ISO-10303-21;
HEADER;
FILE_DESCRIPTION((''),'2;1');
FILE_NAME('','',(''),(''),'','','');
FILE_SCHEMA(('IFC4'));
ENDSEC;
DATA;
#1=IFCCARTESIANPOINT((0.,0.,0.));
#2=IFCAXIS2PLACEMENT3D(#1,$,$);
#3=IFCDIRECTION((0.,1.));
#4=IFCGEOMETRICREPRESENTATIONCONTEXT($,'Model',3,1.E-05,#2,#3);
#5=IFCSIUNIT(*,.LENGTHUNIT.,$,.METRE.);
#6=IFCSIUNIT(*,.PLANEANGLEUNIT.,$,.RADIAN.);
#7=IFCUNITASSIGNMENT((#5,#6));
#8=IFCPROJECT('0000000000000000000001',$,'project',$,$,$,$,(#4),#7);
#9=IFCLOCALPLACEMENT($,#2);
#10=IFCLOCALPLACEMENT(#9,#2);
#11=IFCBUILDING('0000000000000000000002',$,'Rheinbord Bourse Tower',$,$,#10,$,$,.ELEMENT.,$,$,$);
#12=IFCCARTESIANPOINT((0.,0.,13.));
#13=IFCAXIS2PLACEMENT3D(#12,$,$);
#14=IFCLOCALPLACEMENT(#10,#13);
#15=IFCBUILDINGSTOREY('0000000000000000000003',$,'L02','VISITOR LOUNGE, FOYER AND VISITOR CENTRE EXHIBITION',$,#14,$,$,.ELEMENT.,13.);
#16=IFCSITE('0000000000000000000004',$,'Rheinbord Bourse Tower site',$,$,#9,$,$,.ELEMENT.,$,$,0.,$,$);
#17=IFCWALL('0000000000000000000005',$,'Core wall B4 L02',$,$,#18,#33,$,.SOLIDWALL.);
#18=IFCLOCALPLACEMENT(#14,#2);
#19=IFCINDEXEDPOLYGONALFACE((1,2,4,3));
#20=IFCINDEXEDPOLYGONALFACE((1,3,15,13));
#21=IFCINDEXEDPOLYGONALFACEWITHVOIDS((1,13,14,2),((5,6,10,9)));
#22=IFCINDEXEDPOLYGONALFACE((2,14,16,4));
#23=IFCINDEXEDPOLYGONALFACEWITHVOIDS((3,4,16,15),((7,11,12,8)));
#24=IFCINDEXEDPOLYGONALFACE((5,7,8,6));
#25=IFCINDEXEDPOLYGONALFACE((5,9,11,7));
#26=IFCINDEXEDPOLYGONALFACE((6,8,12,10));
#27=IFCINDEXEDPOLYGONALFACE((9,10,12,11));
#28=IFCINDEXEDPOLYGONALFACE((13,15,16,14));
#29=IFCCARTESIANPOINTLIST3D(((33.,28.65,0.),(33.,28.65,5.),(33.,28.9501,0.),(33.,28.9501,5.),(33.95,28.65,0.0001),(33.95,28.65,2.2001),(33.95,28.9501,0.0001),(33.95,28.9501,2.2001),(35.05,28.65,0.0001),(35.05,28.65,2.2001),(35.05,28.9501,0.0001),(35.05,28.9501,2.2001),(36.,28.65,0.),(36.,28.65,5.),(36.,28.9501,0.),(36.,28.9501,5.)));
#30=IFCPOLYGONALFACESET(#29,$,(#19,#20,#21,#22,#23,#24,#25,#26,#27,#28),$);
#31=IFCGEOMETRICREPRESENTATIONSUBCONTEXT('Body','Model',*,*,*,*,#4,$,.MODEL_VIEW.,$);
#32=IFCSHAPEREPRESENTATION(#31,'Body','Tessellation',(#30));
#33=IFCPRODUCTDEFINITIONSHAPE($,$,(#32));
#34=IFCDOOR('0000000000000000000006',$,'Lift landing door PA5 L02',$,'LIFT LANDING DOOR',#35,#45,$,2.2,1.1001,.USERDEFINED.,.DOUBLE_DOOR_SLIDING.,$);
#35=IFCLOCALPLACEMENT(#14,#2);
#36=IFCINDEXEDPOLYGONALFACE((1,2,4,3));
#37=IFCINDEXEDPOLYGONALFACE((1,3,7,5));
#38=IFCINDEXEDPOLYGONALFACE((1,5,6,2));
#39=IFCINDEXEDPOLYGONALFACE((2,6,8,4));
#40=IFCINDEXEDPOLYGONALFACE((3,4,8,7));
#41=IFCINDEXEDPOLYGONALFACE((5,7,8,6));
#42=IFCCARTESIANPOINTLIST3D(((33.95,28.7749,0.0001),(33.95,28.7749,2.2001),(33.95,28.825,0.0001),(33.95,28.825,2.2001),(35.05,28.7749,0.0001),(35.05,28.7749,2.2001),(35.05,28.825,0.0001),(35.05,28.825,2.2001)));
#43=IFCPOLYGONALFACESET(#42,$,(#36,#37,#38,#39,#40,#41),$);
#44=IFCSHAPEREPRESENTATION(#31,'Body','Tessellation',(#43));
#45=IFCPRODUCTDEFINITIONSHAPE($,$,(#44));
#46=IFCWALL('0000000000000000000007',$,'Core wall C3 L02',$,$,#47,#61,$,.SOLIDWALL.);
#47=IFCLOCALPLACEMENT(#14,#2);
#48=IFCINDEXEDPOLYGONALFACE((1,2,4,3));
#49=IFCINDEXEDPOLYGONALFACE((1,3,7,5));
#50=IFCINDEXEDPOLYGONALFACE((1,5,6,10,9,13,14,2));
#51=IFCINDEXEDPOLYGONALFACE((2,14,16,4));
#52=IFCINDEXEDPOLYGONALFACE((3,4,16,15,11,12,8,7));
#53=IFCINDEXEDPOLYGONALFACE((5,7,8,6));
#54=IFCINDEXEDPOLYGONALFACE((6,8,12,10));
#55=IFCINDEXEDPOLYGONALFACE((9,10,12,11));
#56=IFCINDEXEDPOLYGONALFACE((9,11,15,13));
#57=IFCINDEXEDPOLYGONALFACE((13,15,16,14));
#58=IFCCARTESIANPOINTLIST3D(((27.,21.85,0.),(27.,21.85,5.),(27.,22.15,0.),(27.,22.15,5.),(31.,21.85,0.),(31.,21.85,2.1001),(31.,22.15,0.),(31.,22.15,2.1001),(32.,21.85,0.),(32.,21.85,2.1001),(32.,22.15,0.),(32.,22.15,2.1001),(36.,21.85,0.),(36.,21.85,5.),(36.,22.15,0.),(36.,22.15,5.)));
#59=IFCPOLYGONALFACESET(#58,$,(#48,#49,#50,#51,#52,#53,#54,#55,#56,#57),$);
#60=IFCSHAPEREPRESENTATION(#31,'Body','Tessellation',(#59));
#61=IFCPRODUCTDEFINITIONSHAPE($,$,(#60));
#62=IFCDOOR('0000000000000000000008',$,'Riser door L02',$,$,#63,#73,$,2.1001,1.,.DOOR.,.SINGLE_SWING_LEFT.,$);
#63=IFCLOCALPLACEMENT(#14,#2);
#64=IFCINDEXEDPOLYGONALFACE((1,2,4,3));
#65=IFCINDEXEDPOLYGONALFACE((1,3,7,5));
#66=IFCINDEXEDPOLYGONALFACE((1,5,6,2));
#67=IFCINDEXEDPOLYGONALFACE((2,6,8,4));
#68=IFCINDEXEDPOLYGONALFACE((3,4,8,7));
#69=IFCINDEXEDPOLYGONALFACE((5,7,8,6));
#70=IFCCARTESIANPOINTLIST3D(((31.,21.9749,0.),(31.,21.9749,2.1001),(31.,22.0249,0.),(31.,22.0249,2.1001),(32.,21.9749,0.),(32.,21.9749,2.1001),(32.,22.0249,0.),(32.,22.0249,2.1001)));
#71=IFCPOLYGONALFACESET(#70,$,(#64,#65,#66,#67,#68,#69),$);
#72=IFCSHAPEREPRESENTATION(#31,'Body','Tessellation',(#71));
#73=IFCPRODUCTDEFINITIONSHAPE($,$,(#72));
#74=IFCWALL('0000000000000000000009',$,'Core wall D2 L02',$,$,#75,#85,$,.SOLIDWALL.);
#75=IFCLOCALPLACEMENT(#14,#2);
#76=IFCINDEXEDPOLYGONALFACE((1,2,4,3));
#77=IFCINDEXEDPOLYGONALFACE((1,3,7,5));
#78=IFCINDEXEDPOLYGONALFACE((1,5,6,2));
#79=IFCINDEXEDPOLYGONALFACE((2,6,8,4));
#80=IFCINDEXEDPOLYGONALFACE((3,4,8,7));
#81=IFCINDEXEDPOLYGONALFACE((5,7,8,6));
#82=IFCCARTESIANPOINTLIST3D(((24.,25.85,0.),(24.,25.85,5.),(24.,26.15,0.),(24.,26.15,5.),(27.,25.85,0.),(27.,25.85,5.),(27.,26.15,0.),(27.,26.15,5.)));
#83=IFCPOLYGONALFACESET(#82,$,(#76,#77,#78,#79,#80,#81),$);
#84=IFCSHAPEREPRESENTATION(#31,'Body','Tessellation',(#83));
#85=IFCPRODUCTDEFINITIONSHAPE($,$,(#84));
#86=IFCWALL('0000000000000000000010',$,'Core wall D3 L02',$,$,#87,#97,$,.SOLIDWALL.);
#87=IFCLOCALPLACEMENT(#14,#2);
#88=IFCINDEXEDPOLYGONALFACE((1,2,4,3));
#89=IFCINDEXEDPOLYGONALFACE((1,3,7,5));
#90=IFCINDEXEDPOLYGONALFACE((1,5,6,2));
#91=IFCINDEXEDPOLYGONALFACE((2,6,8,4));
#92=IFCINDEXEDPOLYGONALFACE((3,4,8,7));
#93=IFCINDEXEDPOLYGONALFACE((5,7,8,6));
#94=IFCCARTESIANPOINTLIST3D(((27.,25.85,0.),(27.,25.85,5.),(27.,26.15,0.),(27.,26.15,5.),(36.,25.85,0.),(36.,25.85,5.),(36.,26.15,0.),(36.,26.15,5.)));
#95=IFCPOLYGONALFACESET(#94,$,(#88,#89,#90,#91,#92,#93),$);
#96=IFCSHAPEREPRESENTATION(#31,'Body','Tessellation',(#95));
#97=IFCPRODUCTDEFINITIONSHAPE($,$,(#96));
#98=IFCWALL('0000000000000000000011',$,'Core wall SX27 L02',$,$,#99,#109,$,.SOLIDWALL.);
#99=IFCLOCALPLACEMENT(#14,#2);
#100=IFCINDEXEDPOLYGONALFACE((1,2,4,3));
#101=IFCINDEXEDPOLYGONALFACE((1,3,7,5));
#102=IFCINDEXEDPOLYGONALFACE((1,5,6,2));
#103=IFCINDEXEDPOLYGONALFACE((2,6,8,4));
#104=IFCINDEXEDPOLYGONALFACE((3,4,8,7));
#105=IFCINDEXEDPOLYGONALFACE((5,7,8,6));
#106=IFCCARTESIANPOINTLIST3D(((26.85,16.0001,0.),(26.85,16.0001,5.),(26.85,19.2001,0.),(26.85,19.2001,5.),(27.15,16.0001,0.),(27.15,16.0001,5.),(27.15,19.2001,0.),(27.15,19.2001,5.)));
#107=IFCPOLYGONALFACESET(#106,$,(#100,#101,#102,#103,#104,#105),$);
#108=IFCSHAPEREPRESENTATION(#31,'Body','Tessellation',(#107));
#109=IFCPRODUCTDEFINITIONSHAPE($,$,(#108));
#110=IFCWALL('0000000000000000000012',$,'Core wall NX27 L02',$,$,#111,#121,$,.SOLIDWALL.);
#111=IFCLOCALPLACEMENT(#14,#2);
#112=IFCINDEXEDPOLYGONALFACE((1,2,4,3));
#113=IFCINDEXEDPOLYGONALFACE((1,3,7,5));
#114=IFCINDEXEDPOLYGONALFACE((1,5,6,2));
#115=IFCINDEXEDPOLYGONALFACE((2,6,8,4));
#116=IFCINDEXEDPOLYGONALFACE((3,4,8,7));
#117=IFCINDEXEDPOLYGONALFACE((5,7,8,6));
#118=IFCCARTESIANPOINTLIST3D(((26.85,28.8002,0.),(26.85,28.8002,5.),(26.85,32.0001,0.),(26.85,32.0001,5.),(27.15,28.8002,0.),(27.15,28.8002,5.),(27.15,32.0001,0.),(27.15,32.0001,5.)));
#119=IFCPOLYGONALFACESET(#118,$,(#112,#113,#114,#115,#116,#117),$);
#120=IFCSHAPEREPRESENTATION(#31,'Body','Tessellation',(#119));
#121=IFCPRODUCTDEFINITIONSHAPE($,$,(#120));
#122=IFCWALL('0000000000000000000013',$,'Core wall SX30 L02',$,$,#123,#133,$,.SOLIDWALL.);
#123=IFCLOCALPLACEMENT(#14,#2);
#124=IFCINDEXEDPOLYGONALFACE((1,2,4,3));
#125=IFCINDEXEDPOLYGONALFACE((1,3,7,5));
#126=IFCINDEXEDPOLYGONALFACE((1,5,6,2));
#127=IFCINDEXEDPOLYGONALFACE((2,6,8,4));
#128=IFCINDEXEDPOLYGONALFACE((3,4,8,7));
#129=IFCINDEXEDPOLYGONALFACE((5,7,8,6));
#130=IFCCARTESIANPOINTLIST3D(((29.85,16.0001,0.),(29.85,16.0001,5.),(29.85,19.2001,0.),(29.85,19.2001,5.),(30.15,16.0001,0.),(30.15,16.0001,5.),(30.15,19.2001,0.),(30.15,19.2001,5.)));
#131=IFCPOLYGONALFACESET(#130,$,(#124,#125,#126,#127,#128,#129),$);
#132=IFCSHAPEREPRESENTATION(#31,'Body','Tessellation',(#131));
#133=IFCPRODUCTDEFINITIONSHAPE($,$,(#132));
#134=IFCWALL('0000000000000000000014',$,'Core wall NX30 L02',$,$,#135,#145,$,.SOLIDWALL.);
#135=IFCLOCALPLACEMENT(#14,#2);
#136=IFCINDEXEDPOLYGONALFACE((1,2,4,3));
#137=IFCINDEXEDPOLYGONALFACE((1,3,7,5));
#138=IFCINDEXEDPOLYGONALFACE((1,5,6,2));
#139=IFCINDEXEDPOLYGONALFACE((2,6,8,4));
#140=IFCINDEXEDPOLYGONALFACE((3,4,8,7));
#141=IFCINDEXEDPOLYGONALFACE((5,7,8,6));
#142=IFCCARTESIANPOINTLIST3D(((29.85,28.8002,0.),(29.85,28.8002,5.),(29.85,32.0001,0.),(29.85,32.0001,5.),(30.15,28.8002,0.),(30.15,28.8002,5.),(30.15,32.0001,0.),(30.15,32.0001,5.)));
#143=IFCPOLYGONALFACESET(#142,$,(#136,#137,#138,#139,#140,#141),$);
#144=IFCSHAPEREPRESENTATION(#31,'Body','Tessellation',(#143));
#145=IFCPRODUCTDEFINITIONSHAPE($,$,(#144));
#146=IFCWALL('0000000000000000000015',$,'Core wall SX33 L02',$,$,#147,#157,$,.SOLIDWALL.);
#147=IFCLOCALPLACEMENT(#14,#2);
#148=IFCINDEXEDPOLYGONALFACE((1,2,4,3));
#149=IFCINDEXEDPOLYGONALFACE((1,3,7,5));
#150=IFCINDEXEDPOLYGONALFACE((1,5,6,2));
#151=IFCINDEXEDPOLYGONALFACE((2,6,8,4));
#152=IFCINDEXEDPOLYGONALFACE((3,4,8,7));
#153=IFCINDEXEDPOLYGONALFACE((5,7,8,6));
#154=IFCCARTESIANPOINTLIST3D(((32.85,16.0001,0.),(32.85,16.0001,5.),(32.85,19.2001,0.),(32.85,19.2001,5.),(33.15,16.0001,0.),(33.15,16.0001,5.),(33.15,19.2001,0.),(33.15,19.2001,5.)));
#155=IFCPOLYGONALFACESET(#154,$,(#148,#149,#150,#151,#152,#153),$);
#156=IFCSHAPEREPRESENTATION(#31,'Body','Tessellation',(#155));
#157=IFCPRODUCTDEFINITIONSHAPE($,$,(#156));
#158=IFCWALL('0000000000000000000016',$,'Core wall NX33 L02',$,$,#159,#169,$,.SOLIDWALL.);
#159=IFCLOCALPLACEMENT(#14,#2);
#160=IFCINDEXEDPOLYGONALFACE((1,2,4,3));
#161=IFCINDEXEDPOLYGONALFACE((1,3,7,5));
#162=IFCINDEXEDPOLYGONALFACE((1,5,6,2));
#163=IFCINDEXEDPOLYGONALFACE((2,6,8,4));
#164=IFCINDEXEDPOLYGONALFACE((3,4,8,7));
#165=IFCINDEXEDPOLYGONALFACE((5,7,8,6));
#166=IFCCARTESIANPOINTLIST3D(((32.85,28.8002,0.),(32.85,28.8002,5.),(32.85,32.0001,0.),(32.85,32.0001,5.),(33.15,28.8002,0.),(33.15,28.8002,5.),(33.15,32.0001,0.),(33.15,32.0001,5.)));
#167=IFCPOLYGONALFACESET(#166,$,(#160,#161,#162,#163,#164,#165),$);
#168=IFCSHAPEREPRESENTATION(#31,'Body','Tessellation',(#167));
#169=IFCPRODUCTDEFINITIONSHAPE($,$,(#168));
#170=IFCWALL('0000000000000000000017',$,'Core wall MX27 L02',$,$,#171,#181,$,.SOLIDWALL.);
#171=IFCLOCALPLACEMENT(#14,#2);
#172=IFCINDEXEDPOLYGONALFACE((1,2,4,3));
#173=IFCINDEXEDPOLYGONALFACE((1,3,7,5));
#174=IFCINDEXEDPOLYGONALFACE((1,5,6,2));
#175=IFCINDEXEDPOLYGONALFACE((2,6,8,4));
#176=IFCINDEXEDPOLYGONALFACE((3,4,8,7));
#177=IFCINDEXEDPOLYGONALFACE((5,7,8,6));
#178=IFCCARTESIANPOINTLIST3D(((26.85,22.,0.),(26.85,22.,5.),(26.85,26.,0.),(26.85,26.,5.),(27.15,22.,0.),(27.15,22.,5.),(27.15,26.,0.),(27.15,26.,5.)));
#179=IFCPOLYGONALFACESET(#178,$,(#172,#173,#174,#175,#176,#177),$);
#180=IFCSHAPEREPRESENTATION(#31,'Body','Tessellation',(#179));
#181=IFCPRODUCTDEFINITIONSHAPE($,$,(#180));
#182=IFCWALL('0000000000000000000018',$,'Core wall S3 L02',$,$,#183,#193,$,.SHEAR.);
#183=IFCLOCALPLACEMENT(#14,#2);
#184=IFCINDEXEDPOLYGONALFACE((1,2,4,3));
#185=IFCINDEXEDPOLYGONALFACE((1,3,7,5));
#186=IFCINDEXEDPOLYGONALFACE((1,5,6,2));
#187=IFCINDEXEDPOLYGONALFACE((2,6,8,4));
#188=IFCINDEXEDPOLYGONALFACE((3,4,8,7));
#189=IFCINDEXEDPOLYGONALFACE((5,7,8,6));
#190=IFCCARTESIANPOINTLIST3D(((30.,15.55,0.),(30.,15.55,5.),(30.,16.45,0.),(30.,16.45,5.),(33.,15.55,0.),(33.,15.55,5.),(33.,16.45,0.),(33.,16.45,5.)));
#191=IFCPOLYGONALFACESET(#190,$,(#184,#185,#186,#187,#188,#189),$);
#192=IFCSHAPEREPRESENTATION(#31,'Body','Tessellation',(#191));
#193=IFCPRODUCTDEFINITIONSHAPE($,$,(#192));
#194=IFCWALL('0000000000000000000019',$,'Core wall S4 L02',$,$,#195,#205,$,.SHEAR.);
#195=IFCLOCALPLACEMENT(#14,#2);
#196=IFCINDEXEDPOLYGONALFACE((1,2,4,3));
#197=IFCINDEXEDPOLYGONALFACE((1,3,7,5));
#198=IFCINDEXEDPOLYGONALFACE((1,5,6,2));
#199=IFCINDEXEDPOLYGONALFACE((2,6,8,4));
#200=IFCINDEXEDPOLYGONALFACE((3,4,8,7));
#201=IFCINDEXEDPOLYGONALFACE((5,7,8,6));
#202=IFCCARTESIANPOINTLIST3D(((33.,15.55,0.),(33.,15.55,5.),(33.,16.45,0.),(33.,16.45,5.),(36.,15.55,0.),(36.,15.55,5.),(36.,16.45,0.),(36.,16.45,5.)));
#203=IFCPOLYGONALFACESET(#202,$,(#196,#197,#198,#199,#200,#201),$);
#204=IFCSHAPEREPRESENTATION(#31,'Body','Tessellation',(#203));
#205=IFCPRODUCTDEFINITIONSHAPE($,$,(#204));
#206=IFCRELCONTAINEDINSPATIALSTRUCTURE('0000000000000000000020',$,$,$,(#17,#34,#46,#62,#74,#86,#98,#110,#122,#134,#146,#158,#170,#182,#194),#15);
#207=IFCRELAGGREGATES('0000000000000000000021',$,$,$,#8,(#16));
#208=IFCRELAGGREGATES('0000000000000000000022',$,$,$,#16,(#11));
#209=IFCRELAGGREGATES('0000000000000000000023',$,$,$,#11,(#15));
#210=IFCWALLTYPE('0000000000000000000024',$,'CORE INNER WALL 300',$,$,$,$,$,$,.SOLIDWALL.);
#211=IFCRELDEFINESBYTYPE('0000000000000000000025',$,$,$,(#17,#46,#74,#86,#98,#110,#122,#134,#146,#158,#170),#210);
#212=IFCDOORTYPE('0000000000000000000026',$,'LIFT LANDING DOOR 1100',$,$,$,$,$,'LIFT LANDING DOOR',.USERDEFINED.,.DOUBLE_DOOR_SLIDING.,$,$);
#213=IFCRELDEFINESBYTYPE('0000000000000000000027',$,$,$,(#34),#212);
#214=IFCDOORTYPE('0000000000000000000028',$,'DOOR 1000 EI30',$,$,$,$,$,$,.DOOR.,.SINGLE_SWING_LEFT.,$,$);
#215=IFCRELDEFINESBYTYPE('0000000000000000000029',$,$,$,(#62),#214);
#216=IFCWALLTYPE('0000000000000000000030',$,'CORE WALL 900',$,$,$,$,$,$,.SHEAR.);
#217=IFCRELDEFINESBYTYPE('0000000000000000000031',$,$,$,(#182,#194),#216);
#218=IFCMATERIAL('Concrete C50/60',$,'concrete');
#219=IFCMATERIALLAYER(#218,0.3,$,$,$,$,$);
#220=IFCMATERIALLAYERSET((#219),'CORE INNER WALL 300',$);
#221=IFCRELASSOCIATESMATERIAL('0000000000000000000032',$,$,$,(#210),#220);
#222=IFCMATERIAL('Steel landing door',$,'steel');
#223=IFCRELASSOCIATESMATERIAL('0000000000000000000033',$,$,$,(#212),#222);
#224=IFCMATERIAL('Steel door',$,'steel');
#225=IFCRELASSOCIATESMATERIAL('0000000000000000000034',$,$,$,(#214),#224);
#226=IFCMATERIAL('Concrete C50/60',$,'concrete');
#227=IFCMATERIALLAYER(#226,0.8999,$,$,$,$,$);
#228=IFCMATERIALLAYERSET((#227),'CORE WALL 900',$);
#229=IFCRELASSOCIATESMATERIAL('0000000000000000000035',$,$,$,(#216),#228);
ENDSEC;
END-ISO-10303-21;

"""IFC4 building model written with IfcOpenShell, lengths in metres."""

from ifc_helpers import new_model, si_unit, direction, frame, frame_2d, origin, place, context, subcontext, project, spatial, rectangle, extrude, material, layer, layer_set, type_object, element, fill, save


model = new_model("IFC4")

# Units and contexts
model_context = context("Model", 3, precision=1e-05, world=origin(), true_north=direction((0.0, 1.0)))
body_context = subcontext(model_context, "Body", "Model", "MODEL_VIEW")
ifc_project = project(units=[si_unit("LENGTHUNIT", "METRE"), si_unit("PLANEANGLEUNIT", "RADIAN")], contexts=[model_context])

# Site, building, storey
site_placement = place(None, origin())
site = spatial("IfcSite", under=ifc_project, at=site_placement, Name="Rheinbord Bourse Tower site", CompositionType="ELEMENT", RefElevation=0.0)
building_placement = place(site_placement, origin())
building = spatial("IfcBuilding", under=site, at=building_placement, Name="Rheinbord Bourse Tower", CompositionType="ELEMENT")
storey_placement = place(building_placement, frame((0.0, 0.0, 13.0)))
storey = spatial("IfcBuildingStorey", under=building, at=storey_placement, Name="L02", Description="VISITOR LOUNGE, FOYER AND VISITOR CENTRE EXHIBITION", CompositionType="ELEMENT", Elevation=13.0)

# Walls, openings, doors
ifc_material_1 = material(Name="Concrete C50/60", Category="concrete")
ifc_layer_1 = layer(ifc_material_1, 0.3)
ifc_layer_set_1 = layer_set([ifc_layer_1], Name="CORE INNER WALL 300")
wall_type_1 = type_object("IfcWallType", Name="CORE INNER WALL 300", PredefinedType="SOLIDWALL", material=ifc_layer_set_1)
ifc_material_2 = material(Name="Steel landing door", Category="steel")
door_type_1 = type_object("IfcDoorType", Name="LIFT LANDING DOOR 1100", ElementType="LIFT LANDING DOOR", OperationType="DOUBLE_DOOR_SLIDING", PredefinedType="USERDEFINED", material=ifc_material_2)
wall_1_placement = place(storey_placement, frame((33.0, 28.8, 0.0), z_axis=(0.0, 0.0, 1.0), x_axis=(1.0, 0.0, 0.0)))
wall_1 = element("IfcWall", 1, at=wall_1_placement, inside=storey, type_object=wall_type_1, Name="Core wall B4 L02", PredefinedType="SOLIDWALL", context=body_context, shape_type="SweptSolid", body=[
    extrude(rectangle(XDim=3.0, YDim=0.3, at=frame_2d((1.5, 0.0))), origin(), (0.0, 0.0, 1.0), 5.0),
])
opening_1_placement = place(wall_1_placement, frame((0.95, 0.0, 0.0)))
opening_1 = element("IfcOpeningElement", 2, at=opening_1_placement, cuts=wall_1, PredefinedType="OPENING", context=body_context, shape_type="SweptSolid", body=[
    extrude(rectangle(XDim=1.1001, YDim=2.2, at=frame_2d((0.55, 1.1001))), frame((0.0, 0.1599, 0.0), z_axis=(0.0, -1.0, 0.0), x_axis=(1.0, 0.0, 0.0)), (0.0, 0.0, 1.0), 0.3201),
])
door_1_placement = place(opening_1_placement, origin())
door_1 = element("IfcDoor", 3, at=door_1_placement, inside=storey, type_object=door_type_1, Name="Lift landing door PA5 L02", ObjectType="LIFT LANDING DOOR", OperationType="DOUBLE_DOOR_SLIDING", OverallHeight=2.2, OverallWidth=1.1001, PredefinedType="USERDEFINED", context=body_context, shape_type="SweptSolid", body=[
    extrude(rectangle(XDim=1.1001, YDim=2.2, at=frame_2d((0.55, 1.1001))), frame((0.0, 0.0249, 0.0), z_axis=(0.0, -1.0, 0.0), x_axis=(1.0, 0.0, 0.0)), (0.0, 0.0, 1.0), 0.05),
])
fill(opening_1, door_1)
wall_2_placement = place(storey_placement, frame((27.0, 22.0, 0.0), z_axis=(0.0, 0.0, 1.0), x_axis=(1.0, 0.0, 0.0)))
wall_2 = element("IfcWall", 4, at=wall_2_placement, inside=storey, type_object=wall_type_1, Name="Core wall C3 L02", PredefinedType="SOLIDWALL", context=body_context, shape_type="SweptSolid", body=[
    extrude(rectangle(XDim=9.0, YDim=0.3, at=frame_2d((4.5, 0.0))), origin(), (0.0, 0.0, 1.0), 5.0),
])
opening_2_placement = place(wall_2_placement, frame((4.0, 0.0, 0.0)))
opening_2 = element("IfcOpeningElement", 5, at=opening_2_placement, cuts=wall_2, PredefinedType="OPENING", context=body_context, shape_type="SweptSolid", body=[
    extrude(rectangle(XDim=1.0, YDim=2.1001, at=frame_2d((0.5, 1.05))), frame((0.0, 0.1599, 0.0), z_axis=(0.0, -1.0, 0.0), x_axis=(1.0, 0.0, 0.0)), (0.0, 0.0, 1.0), 0.3201),
])
ifc_material_3 = material(Name="Steel door", Category="steel")
door_type_2 = type_object("IfcDoorType", Name="DOOR 1000 EI30", OperationType="SINGLE_SWING_LEFT", PredefinedType="DOOR", material=ifc_material_3)
door_2_placement = place(opening_2_placement, origin())
door_2 = element("IfcDoor", 6, at=door_2_placement, inside=storey, type_object=door_type_2, Name="Riser door L02", OperationType="SINGLE_SWING_LEFT", OverallHeight=2.1001, OverallWidth=1.0, PredefinedType="DOOR", context=body_context, shape_type="SweptSolid", body=[
    extrude(rectangle(XDim=1.0, YDim=2.1001, at=frame_2d((0.5, 1.05))), frame((0.0, 0.0249, 0.0), z_axis=(0.0, -1.0, 0.0), x_axis=(1.0, 0.0, 0.0)), (0.0, 0.0, 1.0), 0.05),
])
fill(opening_2, door_2)

# Walls
wall_3_placement = place(storey_placement, frame((24.0, 26.0, 0.0), z_axis=(0.0, 0.0, 1.0), x_axis=(1.0, 0.0, 0.0)))
element("IfcWall", 7, at=wall_3_placement, inside=storey, type_object=wall_type_1, Name="Core wall D2 L02", PredefinedType="SOLIDWALL", context=body_context, shape_type="SweptSolid", body=[
    extrude(rectangle(XDim=3.0, YDim=0.3, at=frame_2d((1.5, 0.0))), origin(), (0.0, 0.0, 1.0), 5.0),
])
wall_4_placement = place(storey_placement, frame((27.0, 26.0, 0.0), z_axis=(0.0, 0.0, 1.0), x_axis=(1.0, 0.0, 0.0)))
element("IfcWall", 8, at=wall_4_placement, inside=storey, type_object=wall_type_1, Name="Core wall D3 L02", PredefinedType="SOLIDWALL", context=body_context, shape_type="SweptSolid", body=[
    extrude(rectangle(XDim=9.0, YDim=0.3, at=frame_2d((4.5, 0.0))), origin(), (0.0, 0.0, 1.0), 5.0),
])
for number, where, z_axis, x_axis, name in (
    (9, (27.0, 16.0, 0.0), (0.0, 0.0, 1.0), (0.0, 1.0, 0.0), "Core wall SX27 L02"),
    (10, (27.0, 28.8, 0.0), (0.0, 0.0, 1.0), (0.0, 1.0, 0.0), "Core wall NX27 L02"),
    (11, (30.0, 16.0, 0.0), (0.0, 0.0, 1.0), (0.0, 1.0, 0.0), "Core wall SX30 L02"),
    (12, (30.0, 28.8, 0.0), (0.0, 0.0, 1.0), (0.0, 1.0, 0.0), "Core wall NX30 L02"),
    (13, (33.0, 16.0, 0.0), (0.0, 0.0, 1.0), (0.0, 1.0, 0.0), "Core wall SX33 L02"),
    (14, (33.0, 28.8, 0.0), (0.0, 0.0, 1.0), (0.0, 1.0, 0.0), "Core wall NX33 L02"),
):
    element("IfcWall", number, at=place(storey_placement, frame(where, z_axis=z_axis, x_axis=x_axis)), inside=storey, type_object=wall_type_1, Name=name, PredefinedType="SOLIDWALL", context=body_context, shape_type="SweptSolid", body=[
        extrude(rectangle(XDim=3.2, YDim=0.3, at=frame_2d((1.6001, 0.0))), origin(), (0.0, 0.0, 1.0), 5.0),
    ])
wall_5_placement = place(storey_placement, frame((27.0, 22.0, 0.0), z_axis=(0.0, 0.0, 1.0), x_axis=(0.0, 1.0, 0.0)))
element("IfcWall", 15, at=wall_5_placement, inside=storey, type_object=wall_type_1, Name="Core wall MX27 L02", PredefinedType="SOLIDWALL", context=body_context, shape_type="SweptSolid", body=[
    extrude(rectangle(XDim=4.0, YDim=0.3, at=frame_2d((2.0, 0.0))), origin(), (0.0, 0.0, 1.0), 5.0),
])
ifc_material_4 = material(Name="Concrete C50/60", Category="concrete")
ifc_layer_2 = layer(ifc_material_4, 0.8999)
ifc_layer_set_2 = layer_set([ifc_layer_2], Name="CORE WALL 900")
wall_type_2 = type_object("IfcWallType", Name="CORE WALL 900", PredefinedType="SHEAR", material=ifc_layer_set_2)
for number, where, z_axis, x_axis, name in (
    (16, (30.0, 16.0, 0.0), (0.0, 0.0, 1.0), (1.0, 0.0, 0.0), "Core wall S3 L02"),
    (17, (33.0, 16.0, 0.0), (0.0, 0.0, 1.0), (1.0, 0.0, 0.0), "Core wall S4 L02"),
):
    element("IfcWall", number, at=place(storey_placement, frame(where, z_axis=z_axis, x_axis=x_axis)), inside=storey, type_object=wall_type_2, Name=name, PredefinedType="SHEAR", context=body_context, shape_type="SweptSolid", body=[
        extrude(rectangle(XDim=3.0, YDim=0.8999, at=frame_2d((1.5, 0.0))), origin(), (0.0, 0.0, 1.0), 5.0),
    ])

save(model, "model.ifc")
